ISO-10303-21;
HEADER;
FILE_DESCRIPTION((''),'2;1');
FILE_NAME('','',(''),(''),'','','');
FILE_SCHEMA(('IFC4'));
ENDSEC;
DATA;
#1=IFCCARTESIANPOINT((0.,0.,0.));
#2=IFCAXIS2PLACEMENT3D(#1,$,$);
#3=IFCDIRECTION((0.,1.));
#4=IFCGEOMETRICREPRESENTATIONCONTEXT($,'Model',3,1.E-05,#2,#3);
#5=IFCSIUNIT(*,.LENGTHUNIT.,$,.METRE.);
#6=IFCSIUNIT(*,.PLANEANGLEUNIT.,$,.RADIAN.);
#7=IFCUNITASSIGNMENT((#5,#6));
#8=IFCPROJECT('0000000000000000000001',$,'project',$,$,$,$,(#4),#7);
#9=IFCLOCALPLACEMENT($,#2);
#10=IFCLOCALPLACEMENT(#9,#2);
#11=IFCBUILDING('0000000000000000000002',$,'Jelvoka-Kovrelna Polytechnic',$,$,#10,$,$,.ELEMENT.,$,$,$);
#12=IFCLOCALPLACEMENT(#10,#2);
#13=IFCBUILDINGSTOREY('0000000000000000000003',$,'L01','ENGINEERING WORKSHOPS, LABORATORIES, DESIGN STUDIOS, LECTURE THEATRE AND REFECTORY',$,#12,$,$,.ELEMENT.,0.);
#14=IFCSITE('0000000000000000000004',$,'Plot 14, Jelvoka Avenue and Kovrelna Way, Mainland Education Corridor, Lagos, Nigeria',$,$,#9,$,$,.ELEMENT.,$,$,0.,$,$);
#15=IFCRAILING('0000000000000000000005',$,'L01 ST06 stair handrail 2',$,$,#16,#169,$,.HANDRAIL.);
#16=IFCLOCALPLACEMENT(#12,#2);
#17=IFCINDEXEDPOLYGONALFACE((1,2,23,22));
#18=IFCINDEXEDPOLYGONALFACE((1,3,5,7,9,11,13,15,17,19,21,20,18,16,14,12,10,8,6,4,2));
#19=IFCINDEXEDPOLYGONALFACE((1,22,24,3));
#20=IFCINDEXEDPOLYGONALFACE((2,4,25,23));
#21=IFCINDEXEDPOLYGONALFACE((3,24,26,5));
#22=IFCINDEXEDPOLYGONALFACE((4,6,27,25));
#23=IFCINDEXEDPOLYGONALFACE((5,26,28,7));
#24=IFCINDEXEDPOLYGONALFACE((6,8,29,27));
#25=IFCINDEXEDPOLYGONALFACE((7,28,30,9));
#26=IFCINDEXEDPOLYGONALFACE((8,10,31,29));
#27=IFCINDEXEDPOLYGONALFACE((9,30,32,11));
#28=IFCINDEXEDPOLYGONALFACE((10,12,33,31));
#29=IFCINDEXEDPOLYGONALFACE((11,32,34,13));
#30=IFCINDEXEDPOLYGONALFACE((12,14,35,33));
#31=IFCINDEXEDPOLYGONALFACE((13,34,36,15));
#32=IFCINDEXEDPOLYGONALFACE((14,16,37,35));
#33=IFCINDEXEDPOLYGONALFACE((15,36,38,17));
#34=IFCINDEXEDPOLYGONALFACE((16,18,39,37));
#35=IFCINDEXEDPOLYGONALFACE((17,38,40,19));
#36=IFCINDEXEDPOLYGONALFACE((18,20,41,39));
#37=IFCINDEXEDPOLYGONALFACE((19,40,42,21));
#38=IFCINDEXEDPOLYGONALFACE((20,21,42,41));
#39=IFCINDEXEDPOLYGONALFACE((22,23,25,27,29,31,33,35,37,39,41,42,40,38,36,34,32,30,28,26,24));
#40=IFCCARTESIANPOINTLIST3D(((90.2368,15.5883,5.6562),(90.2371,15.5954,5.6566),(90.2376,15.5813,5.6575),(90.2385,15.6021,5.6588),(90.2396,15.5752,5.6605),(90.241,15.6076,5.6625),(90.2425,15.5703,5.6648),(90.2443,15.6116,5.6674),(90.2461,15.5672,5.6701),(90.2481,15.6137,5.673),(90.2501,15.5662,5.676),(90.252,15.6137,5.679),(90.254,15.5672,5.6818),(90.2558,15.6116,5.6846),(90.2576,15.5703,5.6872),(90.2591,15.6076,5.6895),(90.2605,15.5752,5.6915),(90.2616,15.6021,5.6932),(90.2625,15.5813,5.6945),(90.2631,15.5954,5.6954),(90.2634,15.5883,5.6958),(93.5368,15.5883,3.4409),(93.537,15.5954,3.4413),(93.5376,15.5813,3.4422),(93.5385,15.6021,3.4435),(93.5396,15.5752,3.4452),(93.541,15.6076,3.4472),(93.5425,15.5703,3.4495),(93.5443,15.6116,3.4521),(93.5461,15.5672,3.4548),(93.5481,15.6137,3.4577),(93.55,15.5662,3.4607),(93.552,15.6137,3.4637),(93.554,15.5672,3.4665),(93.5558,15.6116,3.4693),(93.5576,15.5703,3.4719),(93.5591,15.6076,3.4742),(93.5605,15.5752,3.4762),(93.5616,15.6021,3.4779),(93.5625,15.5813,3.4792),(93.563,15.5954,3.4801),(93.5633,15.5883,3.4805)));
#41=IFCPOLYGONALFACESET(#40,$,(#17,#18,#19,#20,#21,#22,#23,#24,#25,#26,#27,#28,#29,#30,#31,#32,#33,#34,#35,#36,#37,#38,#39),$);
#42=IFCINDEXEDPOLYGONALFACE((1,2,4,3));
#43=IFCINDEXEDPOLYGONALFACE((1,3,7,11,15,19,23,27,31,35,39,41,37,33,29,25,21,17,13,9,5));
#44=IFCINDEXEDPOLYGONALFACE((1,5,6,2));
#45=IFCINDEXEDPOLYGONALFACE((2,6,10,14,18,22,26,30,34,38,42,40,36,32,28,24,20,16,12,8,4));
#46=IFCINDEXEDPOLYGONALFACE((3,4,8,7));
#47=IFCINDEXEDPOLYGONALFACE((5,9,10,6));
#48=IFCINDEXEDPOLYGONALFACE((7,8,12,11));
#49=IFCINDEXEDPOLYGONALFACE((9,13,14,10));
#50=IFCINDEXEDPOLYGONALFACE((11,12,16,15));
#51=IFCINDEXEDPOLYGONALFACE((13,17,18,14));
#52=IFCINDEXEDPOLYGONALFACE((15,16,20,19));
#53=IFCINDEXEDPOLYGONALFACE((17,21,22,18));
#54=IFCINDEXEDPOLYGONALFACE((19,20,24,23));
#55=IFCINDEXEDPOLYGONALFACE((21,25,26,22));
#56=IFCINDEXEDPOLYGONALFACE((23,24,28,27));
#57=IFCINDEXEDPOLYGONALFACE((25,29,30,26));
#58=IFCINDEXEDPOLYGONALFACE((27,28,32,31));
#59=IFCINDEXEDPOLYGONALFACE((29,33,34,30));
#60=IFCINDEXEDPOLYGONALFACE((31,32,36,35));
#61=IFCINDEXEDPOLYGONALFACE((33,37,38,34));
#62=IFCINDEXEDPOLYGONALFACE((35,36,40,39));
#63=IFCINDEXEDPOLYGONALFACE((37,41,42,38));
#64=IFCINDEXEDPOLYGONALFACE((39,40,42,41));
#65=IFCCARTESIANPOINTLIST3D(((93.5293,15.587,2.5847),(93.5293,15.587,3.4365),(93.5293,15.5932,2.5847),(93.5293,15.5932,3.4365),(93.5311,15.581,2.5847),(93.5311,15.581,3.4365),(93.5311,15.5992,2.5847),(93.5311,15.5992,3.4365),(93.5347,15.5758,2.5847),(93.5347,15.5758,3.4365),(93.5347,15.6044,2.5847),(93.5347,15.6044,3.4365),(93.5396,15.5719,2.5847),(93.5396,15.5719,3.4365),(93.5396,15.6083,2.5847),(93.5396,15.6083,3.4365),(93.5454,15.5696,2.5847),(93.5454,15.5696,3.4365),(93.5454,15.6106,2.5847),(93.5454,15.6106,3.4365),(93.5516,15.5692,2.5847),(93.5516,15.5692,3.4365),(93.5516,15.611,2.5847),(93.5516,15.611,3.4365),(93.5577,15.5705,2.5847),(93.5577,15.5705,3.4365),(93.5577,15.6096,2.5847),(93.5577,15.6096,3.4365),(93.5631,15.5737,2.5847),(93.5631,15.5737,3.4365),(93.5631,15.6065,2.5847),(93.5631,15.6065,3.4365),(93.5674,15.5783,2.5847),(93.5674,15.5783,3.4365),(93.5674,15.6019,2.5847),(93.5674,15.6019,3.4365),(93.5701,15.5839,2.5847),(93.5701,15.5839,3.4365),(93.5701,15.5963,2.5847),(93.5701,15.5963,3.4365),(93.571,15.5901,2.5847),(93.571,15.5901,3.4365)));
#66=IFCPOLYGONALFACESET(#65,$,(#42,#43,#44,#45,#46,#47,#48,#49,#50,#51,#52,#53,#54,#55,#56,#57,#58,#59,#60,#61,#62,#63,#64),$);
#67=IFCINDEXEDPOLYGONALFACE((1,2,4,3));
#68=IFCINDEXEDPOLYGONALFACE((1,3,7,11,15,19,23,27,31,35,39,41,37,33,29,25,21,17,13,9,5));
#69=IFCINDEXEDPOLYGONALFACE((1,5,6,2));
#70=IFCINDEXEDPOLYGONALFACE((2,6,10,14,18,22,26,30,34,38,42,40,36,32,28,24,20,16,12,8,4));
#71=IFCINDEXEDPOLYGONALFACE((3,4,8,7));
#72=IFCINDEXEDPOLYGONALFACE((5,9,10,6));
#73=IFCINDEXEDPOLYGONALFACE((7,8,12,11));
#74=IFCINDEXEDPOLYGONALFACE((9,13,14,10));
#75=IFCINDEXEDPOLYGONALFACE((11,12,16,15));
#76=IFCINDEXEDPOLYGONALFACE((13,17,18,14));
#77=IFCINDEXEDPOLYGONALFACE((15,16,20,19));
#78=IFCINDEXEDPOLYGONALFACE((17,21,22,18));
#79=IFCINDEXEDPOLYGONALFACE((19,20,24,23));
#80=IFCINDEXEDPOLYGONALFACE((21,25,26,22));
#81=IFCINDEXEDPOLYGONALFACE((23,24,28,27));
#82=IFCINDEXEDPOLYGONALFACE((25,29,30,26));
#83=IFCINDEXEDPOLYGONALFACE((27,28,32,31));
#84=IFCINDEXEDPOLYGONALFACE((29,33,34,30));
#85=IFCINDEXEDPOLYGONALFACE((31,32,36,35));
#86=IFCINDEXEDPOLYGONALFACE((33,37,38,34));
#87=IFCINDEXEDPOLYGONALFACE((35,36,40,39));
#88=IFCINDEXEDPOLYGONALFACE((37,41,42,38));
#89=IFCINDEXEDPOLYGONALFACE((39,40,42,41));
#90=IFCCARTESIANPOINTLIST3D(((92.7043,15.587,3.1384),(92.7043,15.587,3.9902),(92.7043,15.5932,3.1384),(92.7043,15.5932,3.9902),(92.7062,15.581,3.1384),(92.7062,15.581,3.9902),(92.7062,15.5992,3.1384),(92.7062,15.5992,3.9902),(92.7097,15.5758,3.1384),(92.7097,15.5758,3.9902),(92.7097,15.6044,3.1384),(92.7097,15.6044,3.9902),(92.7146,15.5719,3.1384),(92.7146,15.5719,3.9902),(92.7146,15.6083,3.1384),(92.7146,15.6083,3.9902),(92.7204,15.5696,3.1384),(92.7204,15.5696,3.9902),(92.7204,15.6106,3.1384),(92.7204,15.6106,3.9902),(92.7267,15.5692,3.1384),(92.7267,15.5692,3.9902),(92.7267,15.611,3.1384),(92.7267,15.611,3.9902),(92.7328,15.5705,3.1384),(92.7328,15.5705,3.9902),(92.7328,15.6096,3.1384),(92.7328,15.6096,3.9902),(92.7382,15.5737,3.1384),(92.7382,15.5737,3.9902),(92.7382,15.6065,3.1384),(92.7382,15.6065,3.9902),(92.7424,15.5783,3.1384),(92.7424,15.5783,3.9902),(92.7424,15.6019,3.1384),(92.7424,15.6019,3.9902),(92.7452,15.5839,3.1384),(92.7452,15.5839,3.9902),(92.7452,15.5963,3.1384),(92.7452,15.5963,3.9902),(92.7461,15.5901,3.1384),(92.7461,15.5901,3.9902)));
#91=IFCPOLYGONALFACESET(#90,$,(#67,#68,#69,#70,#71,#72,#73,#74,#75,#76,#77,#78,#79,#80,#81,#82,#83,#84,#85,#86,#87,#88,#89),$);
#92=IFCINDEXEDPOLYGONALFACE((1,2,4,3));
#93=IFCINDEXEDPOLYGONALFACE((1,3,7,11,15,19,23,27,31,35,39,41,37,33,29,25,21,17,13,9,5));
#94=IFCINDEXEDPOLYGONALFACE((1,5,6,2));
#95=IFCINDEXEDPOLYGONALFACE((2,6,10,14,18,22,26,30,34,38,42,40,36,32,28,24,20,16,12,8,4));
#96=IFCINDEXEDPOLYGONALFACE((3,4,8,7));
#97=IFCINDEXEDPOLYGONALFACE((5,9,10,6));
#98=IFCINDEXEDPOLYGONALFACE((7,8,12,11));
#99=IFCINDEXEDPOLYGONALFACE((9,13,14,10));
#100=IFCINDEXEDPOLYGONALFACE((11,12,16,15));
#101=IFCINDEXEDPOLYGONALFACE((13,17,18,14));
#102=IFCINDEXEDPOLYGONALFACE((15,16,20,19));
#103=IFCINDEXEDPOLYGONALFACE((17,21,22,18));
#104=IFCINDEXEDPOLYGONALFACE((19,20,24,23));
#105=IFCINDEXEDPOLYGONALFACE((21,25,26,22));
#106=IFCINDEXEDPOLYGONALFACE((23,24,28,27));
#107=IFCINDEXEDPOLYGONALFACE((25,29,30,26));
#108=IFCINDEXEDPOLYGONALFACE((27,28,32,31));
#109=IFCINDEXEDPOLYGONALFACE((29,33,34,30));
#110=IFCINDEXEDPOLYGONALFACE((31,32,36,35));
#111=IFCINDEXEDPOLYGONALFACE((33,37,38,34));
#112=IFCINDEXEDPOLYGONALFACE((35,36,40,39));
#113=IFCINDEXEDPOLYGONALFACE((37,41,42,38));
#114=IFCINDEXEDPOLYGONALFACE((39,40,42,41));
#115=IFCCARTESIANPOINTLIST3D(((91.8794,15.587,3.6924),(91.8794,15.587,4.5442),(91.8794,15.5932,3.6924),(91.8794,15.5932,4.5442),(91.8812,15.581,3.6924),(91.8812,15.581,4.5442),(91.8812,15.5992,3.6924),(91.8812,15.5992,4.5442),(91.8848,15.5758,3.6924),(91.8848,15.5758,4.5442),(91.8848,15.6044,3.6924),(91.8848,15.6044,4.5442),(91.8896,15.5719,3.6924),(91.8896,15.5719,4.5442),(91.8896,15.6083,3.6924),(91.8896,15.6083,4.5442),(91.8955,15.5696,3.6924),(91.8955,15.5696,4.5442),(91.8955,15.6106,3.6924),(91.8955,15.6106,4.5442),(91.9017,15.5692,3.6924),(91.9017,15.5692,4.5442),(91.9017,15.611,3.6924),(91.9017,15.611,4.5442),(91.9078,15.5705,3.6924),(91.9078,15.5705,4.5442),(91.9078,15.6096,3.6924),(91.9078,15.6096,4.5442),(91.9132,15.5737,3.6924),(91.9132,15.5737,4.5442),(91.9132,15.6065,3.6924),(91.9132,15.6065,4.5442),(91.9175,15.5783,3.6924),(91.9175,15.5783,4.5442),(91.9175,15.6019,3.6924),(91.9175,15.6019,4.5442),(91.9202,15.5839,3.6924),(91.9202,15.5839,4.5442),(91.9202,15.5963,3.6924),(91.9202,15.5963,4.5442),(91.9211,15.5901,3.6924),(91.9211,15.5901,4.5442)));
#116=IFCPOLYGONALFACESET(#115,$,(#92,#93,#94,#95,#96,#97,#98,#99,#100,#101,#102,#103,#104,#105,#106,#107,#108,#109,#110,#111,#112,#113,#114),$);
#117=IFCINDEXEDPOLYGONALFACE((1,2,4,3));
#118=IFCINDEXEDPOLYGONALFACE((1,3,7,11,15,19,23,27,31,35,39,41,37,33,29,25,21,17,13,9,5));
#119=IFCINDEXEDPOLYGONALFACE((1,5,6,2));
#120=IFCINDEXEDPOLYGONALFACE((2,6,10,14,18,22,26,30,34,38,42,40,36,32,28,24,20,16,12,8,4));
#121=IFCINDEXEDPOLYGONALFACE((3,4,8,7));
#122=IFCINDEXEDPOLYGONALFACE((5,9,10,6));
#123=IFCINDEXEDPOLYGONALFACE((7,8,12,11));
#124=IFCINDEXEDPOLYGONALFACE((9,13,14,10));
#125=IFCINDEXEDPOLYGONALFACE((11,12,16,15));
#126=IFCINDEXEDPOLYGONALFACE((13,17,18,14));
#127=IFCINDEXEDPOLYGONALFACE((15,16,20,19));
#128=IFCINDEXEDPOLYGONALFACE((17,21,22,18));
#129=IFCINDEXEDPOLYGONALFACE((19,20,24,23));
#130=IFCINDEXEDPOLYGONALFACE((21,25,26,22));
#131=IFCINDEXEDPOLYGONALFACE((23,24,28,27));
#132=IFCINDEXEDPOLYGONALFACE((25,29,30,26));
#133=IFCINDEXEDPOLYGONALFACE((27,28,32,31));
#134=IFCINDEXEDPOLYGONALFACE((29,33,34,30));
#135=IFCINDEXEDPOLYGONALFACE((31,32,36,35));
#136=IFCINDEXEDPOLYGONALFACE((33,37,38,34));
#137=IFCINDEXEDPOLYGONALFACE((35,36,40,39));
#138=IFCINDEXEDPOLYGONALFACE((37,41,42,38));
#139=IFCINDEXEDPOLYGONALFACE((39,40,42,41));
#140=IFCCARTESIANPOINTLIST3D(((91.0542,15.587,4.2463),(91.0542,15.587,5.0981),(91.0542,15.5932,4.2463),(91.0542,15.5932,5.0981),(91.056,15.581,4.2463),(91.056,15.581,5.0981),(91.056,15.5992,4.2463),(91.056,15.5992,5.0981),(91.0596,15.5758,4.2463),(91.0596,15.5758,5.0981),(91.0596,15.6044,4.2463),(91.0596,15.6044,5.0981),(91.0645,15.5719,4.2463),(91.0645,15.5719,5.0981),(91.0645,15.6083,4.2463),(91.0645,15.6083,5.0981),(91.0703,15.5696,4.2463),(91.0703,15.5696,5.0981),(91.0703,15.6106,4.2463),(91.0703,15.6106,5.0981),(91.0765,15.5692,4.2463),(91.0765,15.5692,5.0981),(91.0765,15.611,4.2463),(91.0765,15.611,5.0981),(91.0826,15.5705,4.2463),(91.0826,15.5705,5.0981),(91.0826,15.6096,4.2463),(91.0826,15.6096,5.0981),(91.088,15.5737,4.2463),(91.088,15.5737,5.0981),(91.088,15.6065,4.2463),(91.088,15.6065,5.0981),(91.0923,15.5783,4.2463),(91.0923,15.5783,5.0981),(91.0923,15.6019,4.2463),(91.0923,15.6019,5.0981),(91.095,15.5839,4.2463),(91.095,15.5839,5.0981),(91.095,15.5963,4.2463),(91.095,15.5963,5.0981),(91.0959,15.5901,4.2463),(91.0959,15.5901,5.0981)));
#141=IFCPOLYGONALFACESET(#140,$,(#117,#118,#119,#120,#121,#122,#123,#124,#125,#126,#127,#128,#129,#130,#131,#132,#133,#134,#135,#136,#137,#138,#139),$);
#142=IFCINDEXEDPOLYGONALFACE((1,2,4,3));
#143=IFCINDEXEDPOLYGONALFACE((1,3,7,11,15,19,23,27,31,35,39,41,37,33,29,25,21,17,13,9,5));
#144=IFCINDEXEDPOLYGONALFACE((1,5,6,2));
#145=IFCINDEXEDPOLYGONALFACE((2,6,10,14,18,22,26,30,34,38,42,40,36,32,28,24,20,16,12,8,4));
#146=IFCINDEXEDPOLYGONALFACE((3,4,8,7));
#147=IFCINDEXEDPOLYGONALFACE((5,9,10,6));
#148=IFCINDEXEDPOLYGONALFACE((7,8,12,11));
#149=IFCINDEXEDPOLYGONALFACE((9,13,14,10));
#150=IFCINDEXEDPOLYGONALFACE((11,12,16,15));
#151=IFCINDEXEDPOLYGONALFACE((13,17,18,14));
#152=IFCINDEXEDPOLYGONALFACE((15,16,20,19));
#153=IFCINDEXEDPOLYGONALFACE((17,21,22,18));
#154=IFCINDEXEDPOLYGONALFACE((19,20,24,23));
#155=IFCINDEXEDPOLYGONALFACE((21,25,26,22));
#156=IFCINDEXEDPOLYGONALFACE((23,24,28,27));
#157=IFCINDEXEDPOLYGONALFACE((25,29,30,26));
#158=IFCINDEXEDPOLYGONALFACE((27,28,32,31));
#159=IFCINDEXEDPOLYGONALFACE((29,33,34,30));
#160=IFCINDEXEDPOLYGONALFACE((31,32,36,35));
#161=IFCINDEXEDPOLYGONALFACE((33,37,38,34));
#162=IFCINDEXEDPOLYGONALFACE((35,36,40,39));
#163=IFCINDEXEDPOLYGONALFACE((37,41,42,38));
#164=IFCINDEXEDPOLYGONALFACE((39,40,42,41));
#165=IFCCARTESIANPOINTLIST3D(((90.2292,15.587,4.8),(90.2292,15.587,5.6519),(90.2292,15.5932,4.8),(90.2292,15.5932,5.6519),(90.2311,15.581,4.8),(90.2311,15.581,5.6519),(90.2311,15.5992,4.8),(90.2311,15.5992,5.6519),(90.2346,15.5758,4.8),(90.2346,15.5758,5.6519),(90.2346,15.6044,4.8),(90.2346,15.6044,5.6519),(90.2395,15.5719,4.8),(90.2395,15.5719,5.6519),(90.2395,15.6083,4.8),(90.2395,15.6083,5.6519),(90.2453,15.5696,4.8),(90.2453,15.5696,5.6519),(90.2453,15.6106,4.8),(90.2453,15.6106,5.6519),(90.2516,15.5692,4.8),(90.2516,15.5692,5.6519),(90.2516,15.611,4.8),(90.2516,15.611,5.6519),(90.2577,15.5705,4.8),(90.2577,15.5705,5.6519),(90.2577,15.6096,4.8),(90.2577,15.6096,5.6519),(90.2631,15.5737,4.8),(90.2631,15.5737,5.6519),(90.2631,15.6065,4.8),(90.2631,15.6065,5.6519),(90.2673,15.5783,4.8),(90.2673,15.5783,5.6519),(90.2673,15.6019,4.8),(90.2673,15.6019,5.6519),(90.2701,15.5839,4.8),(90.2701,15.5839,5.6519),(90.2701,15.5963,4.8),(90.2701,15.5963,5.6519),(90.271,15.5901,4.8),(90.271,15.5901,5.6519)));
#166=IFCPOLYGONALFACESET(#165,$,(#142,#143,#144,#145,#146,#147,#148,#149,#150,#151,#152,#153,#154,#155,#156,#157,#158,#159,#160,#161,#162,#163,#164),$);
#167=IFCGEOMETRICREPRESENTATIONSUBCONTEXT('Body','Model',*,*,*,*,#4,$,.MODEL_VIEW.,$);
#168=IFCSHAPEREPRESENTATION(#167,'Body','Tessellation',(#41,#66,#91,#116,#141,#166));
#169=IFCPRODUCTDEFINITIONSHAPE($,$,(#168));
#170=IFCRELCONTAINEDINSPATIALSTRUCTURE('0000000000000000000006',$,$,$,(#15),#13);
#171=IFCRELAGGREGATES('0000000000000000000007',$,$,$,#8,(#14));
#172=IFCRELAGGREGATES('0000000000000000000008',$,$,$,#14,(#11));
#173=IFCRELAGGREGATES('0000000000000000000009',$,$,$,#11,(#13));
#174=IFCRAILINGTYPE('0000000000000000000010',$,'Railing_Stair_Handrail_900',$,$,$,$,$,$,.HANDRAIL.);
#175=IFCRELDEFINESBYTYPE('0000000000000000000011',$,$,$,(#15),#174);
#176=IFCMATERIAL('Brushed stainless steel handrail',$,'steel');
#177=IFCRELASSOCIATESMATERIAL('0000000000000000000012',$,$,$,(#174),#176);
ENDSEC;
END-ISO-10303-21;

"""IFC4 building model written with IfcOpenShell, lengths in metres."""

from ifc_helpers import new_model, si_unit, direction, frame, origin, origin_2d, place, context, subcontext, project, spatial, circle, extrude, material, type_object, element, save


model = new_model("IFC4")

# Units and contexts
model_context = context("Model", 3, precision=1e-05, world=origin(), true_north=direction((0.0, 1.0)))
body_context = subcontext(model_context, "Body", "Model", "MODEL_VIEW")
ifc_project = project(units=[si_unit("LENGTHUNIT", "METRE"), si_unit("PLANEANGLEUNIT", "RADIAN")], contexts=[model_context])

# Site, building, storey
site_placement = place(None, origin())
site = spatial("IfcSite", under=ifc_project, at=site_placement, Name="Plot 14, Jelvoka Avenue and Kovrelna Way, Mainland Education Corridor, Lagos, Nigeria", CompositionType="ELEMENT", RefElevation=0.0)
building_placement = place(site_placement, origin())
building = spatial("IfcBuilding", under=site, at=building_placement, Name="Jelvoka-Kovrelna Polytechnic", CompositionType="ELEMENT")
storey_placement = place(building_placement, origin())
storey = spatial("IfcBuildingStorey", under=building, at=storey_placement, Name="L01", Description="ENGINEERING WORKSHOPS, LABORATORIES, DESIGN STUDIOS, LECTURE THEATRE AND REFECTORY", CompositionType="ELEMENT", Elevation=0.0)

# Railing
ifc_material_1 = material(Name="Brushed stainless steel handrail", Category="steel")
railing_type_1 = type_object("IfcRailingType", Name="Railing_Stair_Handrail_900", PredefinedType="HANDRAIL", material=ifc_material_1)
railing_1_placement = place(storey_placement, frame((93.55, 15.5901, 2.5847)))
element("IfcRailing", 1, at=railing_1_placement, inside=storey, type_object=railing_type_1, Name="L01 ST06 stair handrail 2", PredefinedType="HANDRAIL", context=body_context, shape_type="SweptSolid", body=[
    extrude(circle(Radius=0.0239, at=origin_2d()), frame((0.0, 0.0, 0.876), z_axis=(-0.830269, 0.0, 0.557362), x_axis=(0.0, -1.0, 0.0)), (0.0, 0.0, 1.0), 3.9746),
    extrude(circle(Radius=0.021, at=origin_2d()), origin(), (0.0, 0.0, 1.0), 0.8518),
    extrude(circle(Radius=0.021, at=origin_2d()), frame((-0.825, 0.0, 0.5537)), (0.0, 0.0, 1.0), 0.8518),
    extrude(circle(Radius=0.021, at=origin_2d()), frame((-1.6499, 0.0, 1.1077)), (0.0, 0.0, 1.0), 0.8518),
    extrude(circle(Radius=0.021, at=origin_2d()), frame((-2.4751, 0.0, 1.6616)), (0.0, 0.0, 1.0), 0.8518),
    extrude(circle(Radius=0.021, at=origin_2d()), frame((-3.3, 0.0, 2.2153)), (0.0, 0.0, 1.0), 0.8518),
])

save(model, "model.ifc")
